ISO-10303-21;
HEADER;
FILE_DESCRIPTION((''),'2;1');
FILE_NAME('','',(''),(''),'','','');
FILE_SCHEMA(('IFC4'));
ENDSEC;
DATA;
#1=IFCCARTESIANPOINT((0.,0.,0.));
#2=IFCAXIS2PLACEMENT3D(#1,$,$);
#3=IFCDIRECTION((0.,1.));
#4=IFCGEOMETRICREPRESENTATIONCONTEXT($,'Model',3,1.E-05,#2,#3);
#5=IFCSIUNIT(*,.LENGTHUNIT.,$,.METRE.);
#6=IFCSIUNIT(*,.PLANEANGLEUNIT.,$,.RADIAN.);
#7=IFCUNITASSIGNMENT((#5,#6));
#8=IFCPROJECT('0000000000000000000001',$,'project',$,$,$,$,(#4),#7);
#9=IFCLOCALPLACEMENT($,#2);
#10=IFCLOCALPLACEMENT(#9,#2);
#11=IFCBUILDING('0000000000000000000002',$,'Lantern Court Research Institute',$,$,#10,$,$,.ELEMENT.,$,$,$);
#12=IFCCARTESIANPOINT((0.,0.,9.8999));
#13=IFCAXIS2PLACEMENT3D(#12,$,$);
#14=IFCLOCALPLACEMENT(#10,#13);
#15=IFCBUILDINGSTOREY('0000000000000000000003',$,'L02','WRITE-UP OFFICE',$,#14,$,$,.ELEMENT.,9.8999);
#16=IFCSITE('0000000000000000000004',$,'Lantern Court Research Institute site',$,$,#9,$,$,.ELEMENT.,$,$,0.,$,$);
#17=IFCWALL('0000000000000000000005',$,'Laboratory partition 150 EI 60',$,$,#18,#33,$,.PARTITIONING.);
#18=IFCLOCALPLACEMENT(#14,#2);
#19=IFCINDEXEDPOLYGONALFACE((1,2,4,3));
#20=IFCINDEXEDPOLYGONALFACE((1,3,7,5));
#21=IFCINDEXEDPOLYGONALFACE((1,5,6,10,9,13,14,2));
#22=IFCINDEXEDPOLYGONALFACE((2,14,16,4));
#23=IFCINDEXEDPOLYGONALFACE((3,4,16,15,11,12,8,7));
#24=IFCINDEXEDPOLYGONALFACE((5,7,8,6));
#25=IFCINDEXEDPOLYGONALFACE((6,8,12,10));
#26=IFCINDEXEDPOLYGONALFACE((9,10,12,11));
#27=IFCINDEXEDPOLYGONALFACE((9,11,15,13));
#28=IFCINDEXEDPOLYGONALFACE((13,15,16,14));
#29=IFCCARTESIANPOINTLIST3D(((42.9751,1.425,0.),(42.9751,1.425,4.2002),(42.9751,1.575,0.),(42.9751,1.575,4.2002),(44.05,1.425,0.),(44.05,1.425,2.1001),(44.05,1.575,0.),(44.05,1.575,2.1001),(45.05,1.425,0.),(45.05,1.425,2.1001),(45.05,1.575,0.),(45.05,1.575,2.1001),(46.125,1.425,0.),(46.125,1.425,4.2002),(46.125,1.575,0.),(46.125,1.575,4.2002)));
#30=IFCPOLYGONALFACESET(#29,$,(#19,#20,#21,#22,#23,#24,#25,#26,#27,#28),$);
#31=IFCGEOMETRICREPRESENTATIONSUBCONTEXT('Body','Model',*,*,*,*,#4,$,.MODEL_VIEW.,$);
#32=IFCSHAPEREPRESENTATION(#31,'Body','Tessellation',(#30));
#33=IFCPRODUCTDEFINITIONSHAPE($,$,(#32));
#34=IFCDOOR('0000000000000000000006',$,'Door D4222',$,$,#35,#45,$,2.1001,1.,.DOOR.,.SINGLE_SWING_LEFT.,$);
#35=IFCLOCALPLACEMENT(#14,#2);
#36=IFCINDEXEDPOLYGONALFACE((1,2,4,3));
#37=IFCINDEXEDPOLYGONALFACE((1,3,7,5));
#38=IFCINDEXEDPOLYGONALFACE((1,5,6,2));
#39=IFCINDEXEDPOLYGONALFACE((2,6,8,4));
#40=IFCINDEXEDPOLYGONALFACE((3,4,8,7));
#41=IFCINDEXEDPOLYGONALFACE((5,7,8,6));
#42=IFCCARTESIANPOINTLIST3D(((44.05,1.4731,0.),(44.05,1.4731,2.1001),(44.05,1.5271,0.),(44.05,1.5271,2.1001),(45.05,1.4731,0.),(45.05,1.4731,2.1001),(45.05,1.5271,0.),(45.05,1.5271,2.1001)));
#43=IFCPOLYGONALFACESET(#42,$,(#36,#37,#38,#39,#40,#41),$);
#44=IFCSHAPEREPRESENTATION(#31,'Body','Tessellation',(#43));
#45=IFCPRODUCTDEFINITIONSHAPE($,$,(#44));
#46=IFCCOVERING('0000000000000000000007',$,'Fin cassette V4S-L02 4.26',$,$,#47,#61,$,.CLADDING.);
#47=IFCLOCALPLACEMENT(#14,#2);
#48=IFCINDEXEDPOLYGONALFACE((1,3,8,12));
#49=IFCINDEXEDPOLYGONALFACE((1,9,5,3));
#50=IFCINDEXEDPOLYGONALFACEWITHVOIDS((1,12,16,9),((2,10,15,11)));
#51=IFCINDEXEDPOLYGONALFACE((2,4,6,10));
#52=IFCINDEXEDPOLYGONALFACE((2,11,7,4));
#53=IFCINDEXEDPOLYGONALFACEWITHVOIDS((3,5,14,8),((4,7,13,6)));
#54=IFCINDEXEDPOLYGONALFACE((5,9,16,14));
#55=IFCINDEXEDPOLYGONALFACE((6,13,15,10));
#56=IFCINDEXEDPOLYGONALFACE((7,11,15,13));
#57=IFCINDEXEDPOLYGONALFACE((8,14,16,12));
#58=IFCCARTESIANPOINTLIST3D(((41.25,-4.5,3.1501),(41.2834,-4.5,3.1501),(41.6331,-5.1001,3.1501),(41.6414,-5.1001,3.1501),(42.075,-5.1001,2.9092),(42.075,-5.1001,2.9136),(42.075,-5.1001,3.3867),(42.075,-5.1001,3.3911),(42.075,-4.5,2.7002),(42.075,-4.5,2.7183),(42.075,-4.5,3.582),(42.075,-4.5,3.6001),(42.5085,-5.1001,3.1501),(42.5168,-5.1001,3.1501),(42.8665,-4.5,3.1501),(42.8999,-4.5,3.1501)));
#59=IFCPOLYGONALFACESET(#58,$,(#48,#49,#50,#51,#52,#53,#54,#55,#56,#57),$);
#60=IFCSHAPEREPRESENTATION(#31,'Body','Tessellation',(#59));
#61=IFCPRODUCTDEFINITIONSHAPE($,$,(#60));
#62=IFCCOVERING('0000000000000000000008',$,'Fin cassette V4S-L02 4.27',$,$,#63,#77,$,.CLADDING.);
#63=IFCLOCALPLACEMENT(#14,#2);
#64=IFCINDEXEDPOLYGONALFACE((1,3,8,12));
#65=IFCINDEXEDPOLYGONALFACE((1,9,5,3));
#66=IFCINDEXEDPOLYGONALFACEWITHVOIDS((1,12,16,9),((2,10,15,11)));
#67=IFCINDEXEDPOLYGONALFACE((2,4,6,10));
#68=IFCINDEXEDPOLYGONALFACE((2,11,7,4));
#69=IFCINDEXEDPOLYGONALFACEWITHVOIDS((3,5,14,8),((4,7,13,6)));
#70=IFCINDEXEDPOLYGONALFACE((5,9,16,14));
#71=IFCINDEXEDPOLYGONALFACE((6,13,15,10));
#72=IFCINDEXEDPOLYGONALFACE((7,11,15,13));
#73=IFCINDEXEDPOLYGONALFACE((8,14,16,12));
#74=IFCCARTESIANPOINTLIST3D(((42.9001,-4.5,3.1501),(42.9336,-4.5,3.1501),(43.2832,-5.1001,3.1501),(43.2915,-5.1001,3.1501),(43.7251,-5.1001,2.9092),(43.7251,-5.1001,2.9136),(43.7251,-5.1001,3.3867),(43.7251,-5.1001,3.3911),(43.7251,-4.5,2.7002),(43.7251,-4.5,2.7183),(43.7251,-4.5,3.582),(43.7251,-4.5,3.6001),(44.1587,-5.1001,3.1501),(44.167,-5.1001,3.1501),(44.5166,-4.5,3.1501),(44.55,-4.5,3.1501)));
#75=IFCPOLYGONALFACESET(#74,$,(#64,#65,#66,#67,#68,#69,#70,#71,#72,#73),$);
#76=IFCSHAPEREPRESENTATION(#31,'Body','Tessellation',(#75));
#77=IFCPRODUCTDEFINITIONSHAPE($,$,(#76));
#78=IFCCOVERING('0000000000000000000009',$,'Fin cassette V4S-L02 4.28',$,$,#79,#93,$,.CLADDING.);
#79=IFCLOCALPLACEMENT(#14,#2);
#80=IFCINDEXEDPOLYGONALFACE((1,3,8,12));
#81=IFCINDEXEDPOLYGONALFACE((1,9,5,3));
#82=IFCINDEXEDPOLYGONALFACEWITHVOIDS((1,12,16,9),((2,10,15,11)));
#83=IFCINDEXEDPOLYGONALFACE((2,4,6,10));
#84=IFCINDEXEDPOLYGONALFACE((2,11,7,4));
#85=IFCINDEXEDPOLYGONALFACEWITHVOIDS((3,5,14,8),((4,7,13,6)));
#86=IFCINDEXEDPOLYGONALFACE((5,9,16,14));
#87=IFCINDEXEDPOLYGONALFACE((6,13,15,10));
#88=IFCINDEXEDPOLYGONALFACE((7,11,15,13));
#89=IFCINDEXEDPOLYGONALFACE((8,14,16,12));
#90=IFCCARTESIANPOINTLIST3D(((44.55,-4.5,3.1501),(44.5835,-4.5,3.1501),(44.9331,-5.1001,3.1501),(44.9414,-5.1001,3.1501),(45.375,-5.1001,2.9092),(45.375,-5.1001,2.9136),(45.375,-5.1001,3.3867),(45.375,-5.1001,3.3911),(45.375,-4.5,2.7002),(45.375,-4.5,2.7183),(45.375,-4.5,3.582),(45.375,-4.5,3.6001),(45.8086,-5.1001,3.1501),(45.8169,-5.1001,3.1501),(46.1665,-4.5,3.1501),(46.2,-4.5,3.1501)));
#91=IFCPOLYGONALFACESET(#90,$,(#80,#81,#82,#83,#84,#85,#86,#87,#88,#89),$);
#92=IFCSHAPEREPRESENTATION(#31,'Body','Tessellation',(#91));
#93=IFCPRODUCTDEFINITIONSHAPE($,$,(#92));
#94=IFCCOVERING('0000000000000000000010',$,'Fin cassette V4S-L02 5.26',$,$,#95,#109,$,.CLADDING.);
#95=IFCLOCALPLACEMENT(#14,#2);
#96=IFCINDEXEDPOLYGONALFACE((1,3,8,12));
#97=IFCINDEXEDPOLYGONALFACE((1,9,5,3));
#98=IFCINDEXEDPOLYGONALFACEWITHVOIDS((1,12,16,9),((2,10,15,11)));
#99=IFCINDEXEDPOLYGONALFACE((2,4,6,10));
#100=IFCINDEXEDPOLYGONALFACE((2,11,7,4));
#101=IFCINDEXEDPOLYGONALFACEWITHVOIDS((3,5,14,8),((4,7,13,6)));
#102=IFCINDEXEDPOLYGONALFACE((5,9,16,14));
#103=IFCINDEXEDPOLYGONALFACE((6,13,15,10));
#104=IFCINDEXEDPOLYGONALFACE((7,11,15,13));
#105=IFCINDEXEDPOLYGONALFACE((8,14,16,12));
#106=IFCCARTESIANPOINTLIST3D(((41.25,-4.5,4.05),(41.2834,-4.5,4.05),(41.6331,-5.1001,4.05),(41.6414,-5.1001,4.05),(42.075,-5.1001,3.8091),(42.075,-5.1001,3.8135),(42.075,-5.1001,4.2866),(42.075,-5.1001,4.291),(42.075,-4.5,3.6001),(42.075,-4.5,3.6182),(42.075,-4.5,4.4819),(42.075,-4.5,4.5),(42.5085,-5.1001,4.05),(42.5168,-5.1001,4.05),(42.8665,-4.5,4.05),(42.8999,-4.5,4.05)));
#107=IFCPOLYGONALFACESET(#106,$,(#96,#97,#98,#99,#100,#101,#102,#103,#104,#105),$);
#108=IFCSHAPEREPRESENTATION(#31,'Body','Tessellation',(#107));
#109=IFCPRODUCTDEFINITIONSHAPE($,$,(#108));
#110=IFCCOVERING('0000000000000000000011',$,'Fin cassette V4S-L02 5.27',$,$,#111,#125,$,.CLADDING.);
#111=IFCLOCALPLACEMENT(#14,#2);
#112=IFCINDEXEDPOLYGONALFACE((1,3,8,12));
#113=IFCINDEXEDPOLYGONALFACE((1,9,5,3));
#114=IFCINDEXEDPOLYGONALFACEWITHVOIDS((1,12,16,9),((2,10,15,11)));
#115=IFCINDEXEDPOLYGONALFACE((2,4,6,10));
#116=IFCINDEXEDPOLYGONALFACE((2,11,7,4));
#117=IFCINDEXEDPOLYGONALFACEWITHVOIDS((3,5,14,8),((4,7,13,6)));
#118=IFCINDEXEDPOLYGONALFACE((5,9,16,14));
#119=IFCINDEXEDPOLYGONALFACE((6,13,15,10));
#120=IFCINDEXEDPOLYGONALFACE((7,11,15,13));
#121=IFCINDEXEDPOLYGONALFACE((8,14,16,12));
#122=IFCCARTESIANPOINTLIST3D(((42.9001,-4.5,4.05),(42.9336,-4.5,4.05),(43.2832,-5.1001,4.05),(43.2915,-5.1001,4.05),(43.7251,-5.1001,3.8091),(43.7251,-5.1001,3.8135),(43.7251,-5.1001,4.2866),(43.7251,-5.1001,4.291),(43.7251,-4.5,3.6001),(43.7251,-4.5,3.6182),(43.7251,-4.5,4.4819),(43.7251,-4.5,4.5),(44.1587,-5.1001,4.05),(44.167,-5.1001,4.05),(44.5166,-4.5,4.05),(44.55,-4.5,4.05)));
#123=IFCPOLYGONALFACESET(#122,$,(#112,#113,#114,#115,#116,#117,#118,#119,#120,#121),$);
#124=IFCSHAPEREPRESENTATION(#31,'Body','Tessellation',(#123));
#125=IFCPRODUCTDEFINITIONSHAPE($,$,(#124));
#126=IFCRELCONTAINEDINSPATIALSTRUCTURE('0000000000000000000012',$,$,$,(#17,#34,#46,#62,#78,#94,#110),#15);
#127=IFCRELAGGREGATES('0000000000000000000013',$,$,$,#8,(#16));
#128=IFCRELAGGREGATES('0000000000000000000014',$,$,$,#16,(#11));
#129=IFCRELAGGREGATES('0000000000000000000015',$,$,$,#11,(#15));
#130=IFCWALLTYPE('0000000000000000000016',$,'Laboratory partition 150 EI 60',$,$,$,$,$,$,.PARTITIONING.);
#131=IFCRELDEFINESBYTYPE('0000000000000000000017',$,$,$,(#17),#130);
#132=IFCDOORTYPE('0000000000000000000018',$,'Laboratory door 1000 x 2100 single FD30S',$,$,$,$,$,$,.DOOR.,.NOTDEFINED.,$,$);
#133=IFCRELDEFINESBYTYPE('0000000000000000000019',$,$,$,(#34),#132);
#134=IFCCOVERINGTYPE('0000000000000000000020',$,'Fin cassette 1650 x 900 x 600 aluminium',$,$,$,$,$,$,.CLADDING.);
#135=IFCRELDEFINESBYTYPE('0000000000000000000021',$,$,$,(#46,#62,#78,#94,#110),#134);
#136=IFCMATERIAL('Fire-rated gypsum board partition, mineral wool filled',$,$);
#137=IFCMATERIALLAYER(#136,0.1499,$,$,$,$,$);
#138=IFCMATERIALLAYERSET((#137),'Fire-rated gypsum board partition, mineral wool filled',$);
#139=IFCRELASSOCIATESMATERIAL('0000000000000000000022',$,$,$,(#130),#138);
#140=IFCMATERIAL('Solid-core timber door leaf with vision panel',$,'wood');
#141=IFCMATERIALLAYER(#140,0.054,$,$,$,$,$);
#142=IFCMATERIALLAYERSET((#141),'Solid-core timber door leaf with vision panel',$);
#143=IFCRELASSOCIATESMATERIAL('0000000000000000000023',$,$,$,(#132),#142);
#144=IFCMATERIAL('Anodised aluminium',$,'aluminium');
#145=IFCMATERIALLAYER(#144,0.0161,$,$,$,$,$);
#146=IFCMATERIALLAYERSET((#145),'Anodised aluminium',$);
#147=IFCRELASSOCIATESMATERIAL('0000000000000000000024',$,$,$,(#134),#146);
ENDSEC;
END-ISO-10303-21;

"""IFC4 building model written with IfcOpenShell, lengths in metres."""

from ifc_helpers import new_model, entity, si_unit, direction, frame, frame_2d, origin, place, context, subcontext, project, spatial, rectangle, extrude, material, layer, layer_set, type_object, element, fill, save


model = new_model("IFC4")

# Units and contexts
model_context = context("Model", 3, precision=1e-05, world=origin(), true_north=direction((0.0, 1.0)))
body_context = subcontext(model_context, "Body", "Model", "MODEL_VIEW")
ifc_project = project(units=[si_unit("LENGTHUNIT", "METRE"), si_unit("PLANEANGLEUNIT", "RADIAN")], contexts=[model_context])

# Site, building, storey
site_placement = place(None, origin())
site = spatial("IfcSite", under=ifc_project, at=site_placement, Name="Lantern Court Research Institute site", CompositionType="ELEMENT", RefElevation=0.0)
building_placement = place(site_placement, origin())
building = spatial("IfcBuilding", under=site, at=building_placement, Name="Lantern Court Research Institute", CompositionType="ELEMENT")
storey_placement = place(building_placement, frame((0.0, 0.0, 9.8999)))
storey = spatial("IfcBuildingStorey", under=building, at=storey_placement, Name="L02", Description="WRITE-UP OFFICE", CompositionType="ELEMENT", Elevation=9.8999)

# Shared definitions
ifc_material_1 = material(Name="Fire-rated gypsum board partition, mineral wool filled")
ifc_layer_1 = layer(ifc_material_1, 0.1499)
ifc_layer_set_1 = layer_set([ifc_layer_1], Name="Fire-rated gypsum board partition, mineral wool filled")
wall_type = type_object("IfcWallType", Name="Laboratory partition 150 EI 60", PredefinedType="PARTITIONING", material=ifc_layer_set_1)

# Wall, opening, door
ifc_material_2 = material(Name="Solid-core timber door leaf with vision panel", Category="wood")
ifc_layer_2 = layer(ifc_material_2, 0.054)
ifc_layer_set_2 = layer_set([ifc_layer_2], Name="Solid-core timber door leaf with vision panel")
door_type = type_object("IfcDoorType", Name="Laboratory door 1000 x 2100 single FD30S", OperationType="NOTDEFINED", PredefinedType="DOOR", material=ifc_layer_set_2)
wall_1_placement = place(storey_placement, frame((46.125, 1.5, 0.0), z_axis=(0.0, 0.0, 1.0), x_axis=(-1.0, 0.0, 0.0)))
wall_1 = element("IfcWall", 1, at=wall_1_placement, inside=storey, type_object=wall_type, Name="Laboratory partition 150 EI 60", PredefinedType="PARTITIONING", context=body_context, shape_type="SweptSolid", body=[
    extrude(rectangle(XDim=3.1499, YDim=0.1499, at=frame_2d((1.575, 0.0))), origin(), (0.0, 0.0, 1.0), 4.2002),
])
opening_1_placement = place(wall_1_placement, frame((1.075, 0.0, 0.0)))
opening_1 = element("IfcOpeningElement", 2, at=opening_1_placement, cuts=wall_1, PredefinedType="OPENING", context=body_context, shape_type="SweptSolid", body=[
    extrude(rectangle(XDim=1.0, YDim=2.1001, at=frame_2d((0.5, 1.05))), frame((0.0, 0.085, 0.0), z_axis=(0.0, -1.0, 0.0), x_axis=(1.0, 0.0, 0.0)), (0.0, 0.0, 1.0), 0.1699),
])
door_1_placement = place(opening_1_placement, origin())
door_1 = element("IfcDoor", 3, at=door_1_placement, inside=storey, type_object=door_type, Name="Door D4222", OperationType="SINGLE_SWING_LEFT", OverallHeight=2.1001, OverallWidth=1.0, PredefinedType="DOOR", context=body_context, shape_type="SweptSolid", body=[
    extrude(rectangle(XDim=1.0, YDim=2.1001, at=frame_2d((0.5, 1.05))), frame((0.0, 0.0269, 0.0), z_axis=(0.0, -1.0, 0.0), x_axis=(1.0, 0.0, 0.0)), (0.0, 0.0, 1.0), 0.054),
])
fill(opening_1, door_1)

# Coverings
ifc_material_3 = material(Name="Anodised aluminium", Category="aluminium")
ifc_layer_3 = layer(ifc_material_3, 0.0161)
ifc_layer_set_3 = layer_set([ifc_layer_3], Name="Anodised aluminium")
covering_type = type_object("IfcCoveringType", Name="Fin cassette 1650 x 900 x 600 aluminium", PredefinedType="CLADDING", material=ifc_layer_set_3)
covering_1_placement = place(storey_placement, frame((42.075, -4.5, 3.1501), z_axis=(0.0, -1.0, 0.0), x_axis=(1.0, 0.0, 0.0)))
cartesian_point_1 = entity("IfcCartesianPoint", [0.825, 0.0])
cartesian_point_2 = entity("IfcCartesianPoint", [0.7915, 0.0])
cartesian_point_3 = entity("IfcCartesianPoint", [0.4419, 0.0])
cartesian_point_4 = entity("IfcCartesianPoint", [0.4336, 0.0])
element("IfcCovering", 4, at=covering_1_placement, inside=storey, type_object=covering_type, Name="Fin cassette V4S-L02 4.26", PredefinedType="CLADDING", context=body_context, shape_type="SweptSolid", body=[
    entity("IfcExtrudedAreaSolidTapered", entity("IfcArbitraryProfileDefWithVoids", "AREA", None, entity("IfcPolyline", [cartesian_point_1, entity("IfcCartesianPoint", [0.0, 0.45]), entity("IfcCartesianPoint", [-0.825, 0.0]), entity("IfcCartesianPoint", [0.0, -0.45]), cartesian_point_1]), [entity("IfcPolyline", [cartesian_point_2, entity("IfcCartesianPoint", [0.0, 0.4319]), entity("IfcCartesianPoint", [-0.7915, 0.0]), entity("IfcCartesianPoint", [0.0, -0.4319]), cartesian_point_2])]), entity("IfcAxis2Placement3D", entity("IfcCartesianPoint", [0.0, 0.0, 0.0])), entity("IfcDirection", [0.0, 0.0, 1.0]), 0.6001, entity("IfcArbitraryProfileDefWithVoids", "AREA", None, entity("IfcPolyline", [cartesian_point_3, entity("IfcCartesianPoint", [0.0, 0.241]), entity("IfcCartesianPoint", [-0.4419, 0.0]), entity("IfcCartesianPoint", [0.0, -0.241]), cartesian_point_3]), [entity("IfcPolyline", [cartesian_point_4, entity("IfcCartesianPoint", [0.0, 0.2366]), entity("IfcCartesianPoint", [-0.4336, 0.0]), entity("IfcCartesianPoint", [0.0, -0.2366]), cartesian_point_4])])),
])
covering_2_placement = place(storey_placement, frame((43.7251, -4.5, 3.1501), z_axis=(0.0, -1.0, 0.0), x_axis=(1.0, 0.0, 0.0)))
cartesian_point_5 = entity("IfcCartesianPoint", [0.825, 0.0])
cartesian_point_6 = entity("IfcCartesianPoint", [0.7915, 0.0])
cartesian_point_7 = entity("IfcCartesianPoint", [0.4419, 0.0])
cartesian_point_8 = entity("IfcCartesianPoint", [0.4336, 0.0])
element("IfcCovering", 5, at=covering_2_placement, inside=storey, type_object=covering_type, Name="Fin cassette V4S-L02 4.27", PredefinedType="CLADDING", context=body_context, shape_type="SweptSolid", body=[
    entity("IfcExtrudedAreaSolidTapered", entity("IfcArbitraryProfileDefWithVoids", "AREA", None, entity("IfcPolyline", [cartesian_point_5, entity("IfcCartesianPoint", [0.0, 0.45]), entity("IfcCartesianPoint", [-0.825, 0.0]), entity("IfcCartesianPoint", [0.0, -0.45]), cartesian_point_5]), [entity("IfcPolyline", [cartesian_point_6, entity("IfcCartesianPoint", [0.0, 0.4319]), entity("IfcCartesianPoint", [-0.7915, 0.0]), entity("IfcCartesianPoint", [0.0, -0.4319]), cartesian_point_6])]), entity("IfcAxis2Placement3D", entity("IfcCartesianPoint", [0.0, 0.0, 0.0])), entity("IfcDirection", [0.0, 0.0, 1.0]), 0.6001, entity("IfcArbitraryProfileDefWithVoids", "AREA", None, entity("IfcPolyline", [cartesian_point_7, entity("IfcCartesianPoint", [0.0, 0.241]), entity("IfcCartesianPoint", [-0.4419, 0.0]), entity("IfcCartesianPoint", [0.0, -0.241]), cartesian_point_7]), [entity("IfcPolyline", [cartesian_point_8, entity("IfcCartesianPoint", [0.0, 0.2366]), entity("IfcCartesianPoint", [-0.4336, 0.0]), entity("IfcCartesianPoint", [0.0, -0.2366]), cartesian_point_8])])),
])
covering_3_placement = place(storey_placement, frame((45.375, -4.5, 3.1501), z_axis=(0.0, -1.0, 0.0), x_axis=(1.0, 0.0, 0.0)))
cartesian_point_9 = entity("IfcCartesianPoint", [0.825, 0.0])
cartesian_point_10 = entity("IfcCartesianPoint", [0.7915, 0.0])
cartesian_point_11 = entity("IfcCartesianPoint", [0.4419, 0.0])
cartesian_point_12 = entity("IfcCartesianPoint", [0.4336, 0.0])
element("IfcCovering", 6, at=covering_3_placement, inside=storey, type_object=covering_type, Name="Fin cassette V4S-L02 4.28", PredefinedType="CLADDING", context=body_context, shape_type="SweptSolid", body=[
    entity("IfcExtrudedAreaSolidTapered", entity("IfcArbitraryProfileDefWithVoids", "AREA", None, entity("IfcPolyline", [cartesian_point_9, entity("IfcCartesianPoint", [0.0, 0.45]), entity("IfcCartesianPoint", [-0.825, 0.0]), entity("IfcCartesianPoint", [0.0, -0.45]), cartesian_point_9]), [entity("IfcPolyline", [cartesian_point_10, entity("IfcCartesianPoint", [0.0, 0.4319]), entity("IfcCartesianPoint", [-0.7915, 0.0]), entity("IfcCartesianPoint", [0.0, -0.4319]), cartesian_point_10])]), entity("IfcAxis2Placement3D", entity("IfcCartesianPoint", [0.0, 0.0, 0.0])), entity("IfcDirection", [0.0, 0.0, 1.0]), 0.6001, entity("IfcArbitraryProfileDefWithVoids", "AREA", None, entity("IfcPolyline", [cartesian_point_11, entity("IfcCartesianPoint", [0.0, 0.241]), entity("IfcCartesianPoint", [-0.4419, 0.0]), entity("IfcCartesianPoint", [0.0, -0.241]), cartesian_point_11]), [entity("IfcPolyline", [cartesian_point_12, entity("IfcCartesianPoint", [0.0, 0.2366]), entity("IfcCartesianPoint", [-0.4336, 0.0]), entity("IfcCartesianPoint", [0.0, -0.2366]), cartesian_point_12])])),
])
covering_4_placement = place(storey_placement, frame((42.075, -4.5, 4.05), z_axis=(0.0, -1.0, 0.0), x_axis=(1.0, 0.0, 0.0)))
cartesian_point_13 = entity("IfcCartesianPoint", [0.825, 0.0])
cartesian_point_14 = entity("IfcCartesianPoint", [0.7915, 0.0])
cartesian_point_15 = entity("IfcCartesianPoint", [0.4419, 0.0])
cartesian_point_16 = entity("IfcCartesianPoint", [0.4336, 0.0])
element("IfcCovering", 7, at=covering_4_placement, inside=storey, type_object=covering_type, Name="Fin cassette V4S-L02 5.26", PredefinedType="CLADDING", context=body_context, shape_type="SweptSolid", body=[
    entity("IfcExtrudedAreaSolidTapered", entity("IfcArbitraryProfileDefWithVoids", "AREA", None, entity("IfcPolyline", [cartesian_point_13, entity("IfcCartesianPoint", [0.0, 0.45]), entity("IfcCartesianPoint", [-0.825, 0.0]), entity("IfcCartesianPoint", [0.0, -0.45]), cartesian_point_13]), [entity("IfcPolyline", [cartesian_point_14, entity("IfcCartesianPoint", [0.0, 0.4319]), entity("IfcCartesianPoint", [-0.7915, 0.0]), entity("IfcCartesianPoint", [0.0, -0.4319]), cartesian_point_14])]), entity("IfcAxis2Placement3D", entity("IfcCartesianPoint", [0.0, 0.0, 0.0])), entity("IfcDirection", [0.0, 0.0, 1.0]), 0.6001, entity("IfcArbitraryProfileDefWithVoids", "AREA", None, entity("IfcPolyline", [cartesian_point_15, entity("IfcCartesianPoint", [0.0, 0.241]), entity("IfcCartesianPoint", [-0.4419, 0.0]), entity("IfcCartesianPoint", [0.0, -0.241]), cartesian_point_15]), [entity("IfcPolyline", [cartesian_point_16, entity("IfcCartesianPoint", [0.0, 0.2366]), entity("IfcCartesianPoint", [-0.4336, 0.0]), entity("IfcCartesianPoint", [0.0, -0.2366]), cartesian_point_16])])),
])
covering_5_placement = place(storey_placement, frame((43.7251, -4.5, 4.05), z_axis=(0.0, -1.0, 0.0), x_axis=(1.0, 0.0, 0.0)))
cartesian_point_17 = entity("IfcCartesianPoint", [0.825, 0.0])
cartesian_point_18 = entity("IfcCartesianPoint", [0.7915, 0.0])
cartesian_point_19 = entity("IfcCartesianPoint", [0.4419, 0.0])
cartesian_point_20 = entity("IfcCartesianPoint", [0.4336, 0.0])
element("IfcCovering", 8, at=covering_5_placement, inside=storey, type_object=covering_type, Name="Fin cassette V4S-L02 5.27", PredefinedType="CLADDING", context=body_context, shape_type="SweptSolid", body=[
    entity("IfcExtrudedAreaSolidTapered", entity("IfcArbitraryProfileDefWithVoids", "AREA", None, entity("IfcPolyline", [cartesian_point_17, entity("IfcCartesianPoint", [0.0, 0.45]), entity("IfcCartesianPoint", [-0.825, 0.0]), entity("IfcCartesianPoint", [0.0, -0.45]), cartesian_point_17]), [entity("IfcPolyline", [cartesian_point_18, entity("IfcCartesianPoint", [0.0, 0.4319]), entity("IfcCartesianPoint", [-0.7915, 0.0]), entity("IfcCartesianPoint", [0.0, -0.4319]), cartesian_point_18])]), entity("IfcAxis2Placement3D", entity("IfcCartesianPoint", [0.0, 0.0, 0.0])), entity("IfcDirection", [0.0, 0.0, 1.0]), 0.6001, entity("IfcArbitraryProfileDefWithVoids", "AREA", None, entity("IfcPolyline", [cartesian_point_19, entity("IfcCartesianPoint", [0.0, 0.241]), entity("IfcCartesianPoint", [-0.4419, 0.0]), entity("IfcCartesianPoint", [0.0, -0.241]), cartesian_point_19]), [entity("IfcPolyline", [cartesian_point_20, entity("IfcCartesianPoint", [0.0, 0.2366]), entity("IfcCartesianPoint", [-0.4336, 0.0]), entity("IfcCartesianPoint", [0.0, -0.2366]), cartesian_point_20])])),
])

save(model, "model.ifc")
